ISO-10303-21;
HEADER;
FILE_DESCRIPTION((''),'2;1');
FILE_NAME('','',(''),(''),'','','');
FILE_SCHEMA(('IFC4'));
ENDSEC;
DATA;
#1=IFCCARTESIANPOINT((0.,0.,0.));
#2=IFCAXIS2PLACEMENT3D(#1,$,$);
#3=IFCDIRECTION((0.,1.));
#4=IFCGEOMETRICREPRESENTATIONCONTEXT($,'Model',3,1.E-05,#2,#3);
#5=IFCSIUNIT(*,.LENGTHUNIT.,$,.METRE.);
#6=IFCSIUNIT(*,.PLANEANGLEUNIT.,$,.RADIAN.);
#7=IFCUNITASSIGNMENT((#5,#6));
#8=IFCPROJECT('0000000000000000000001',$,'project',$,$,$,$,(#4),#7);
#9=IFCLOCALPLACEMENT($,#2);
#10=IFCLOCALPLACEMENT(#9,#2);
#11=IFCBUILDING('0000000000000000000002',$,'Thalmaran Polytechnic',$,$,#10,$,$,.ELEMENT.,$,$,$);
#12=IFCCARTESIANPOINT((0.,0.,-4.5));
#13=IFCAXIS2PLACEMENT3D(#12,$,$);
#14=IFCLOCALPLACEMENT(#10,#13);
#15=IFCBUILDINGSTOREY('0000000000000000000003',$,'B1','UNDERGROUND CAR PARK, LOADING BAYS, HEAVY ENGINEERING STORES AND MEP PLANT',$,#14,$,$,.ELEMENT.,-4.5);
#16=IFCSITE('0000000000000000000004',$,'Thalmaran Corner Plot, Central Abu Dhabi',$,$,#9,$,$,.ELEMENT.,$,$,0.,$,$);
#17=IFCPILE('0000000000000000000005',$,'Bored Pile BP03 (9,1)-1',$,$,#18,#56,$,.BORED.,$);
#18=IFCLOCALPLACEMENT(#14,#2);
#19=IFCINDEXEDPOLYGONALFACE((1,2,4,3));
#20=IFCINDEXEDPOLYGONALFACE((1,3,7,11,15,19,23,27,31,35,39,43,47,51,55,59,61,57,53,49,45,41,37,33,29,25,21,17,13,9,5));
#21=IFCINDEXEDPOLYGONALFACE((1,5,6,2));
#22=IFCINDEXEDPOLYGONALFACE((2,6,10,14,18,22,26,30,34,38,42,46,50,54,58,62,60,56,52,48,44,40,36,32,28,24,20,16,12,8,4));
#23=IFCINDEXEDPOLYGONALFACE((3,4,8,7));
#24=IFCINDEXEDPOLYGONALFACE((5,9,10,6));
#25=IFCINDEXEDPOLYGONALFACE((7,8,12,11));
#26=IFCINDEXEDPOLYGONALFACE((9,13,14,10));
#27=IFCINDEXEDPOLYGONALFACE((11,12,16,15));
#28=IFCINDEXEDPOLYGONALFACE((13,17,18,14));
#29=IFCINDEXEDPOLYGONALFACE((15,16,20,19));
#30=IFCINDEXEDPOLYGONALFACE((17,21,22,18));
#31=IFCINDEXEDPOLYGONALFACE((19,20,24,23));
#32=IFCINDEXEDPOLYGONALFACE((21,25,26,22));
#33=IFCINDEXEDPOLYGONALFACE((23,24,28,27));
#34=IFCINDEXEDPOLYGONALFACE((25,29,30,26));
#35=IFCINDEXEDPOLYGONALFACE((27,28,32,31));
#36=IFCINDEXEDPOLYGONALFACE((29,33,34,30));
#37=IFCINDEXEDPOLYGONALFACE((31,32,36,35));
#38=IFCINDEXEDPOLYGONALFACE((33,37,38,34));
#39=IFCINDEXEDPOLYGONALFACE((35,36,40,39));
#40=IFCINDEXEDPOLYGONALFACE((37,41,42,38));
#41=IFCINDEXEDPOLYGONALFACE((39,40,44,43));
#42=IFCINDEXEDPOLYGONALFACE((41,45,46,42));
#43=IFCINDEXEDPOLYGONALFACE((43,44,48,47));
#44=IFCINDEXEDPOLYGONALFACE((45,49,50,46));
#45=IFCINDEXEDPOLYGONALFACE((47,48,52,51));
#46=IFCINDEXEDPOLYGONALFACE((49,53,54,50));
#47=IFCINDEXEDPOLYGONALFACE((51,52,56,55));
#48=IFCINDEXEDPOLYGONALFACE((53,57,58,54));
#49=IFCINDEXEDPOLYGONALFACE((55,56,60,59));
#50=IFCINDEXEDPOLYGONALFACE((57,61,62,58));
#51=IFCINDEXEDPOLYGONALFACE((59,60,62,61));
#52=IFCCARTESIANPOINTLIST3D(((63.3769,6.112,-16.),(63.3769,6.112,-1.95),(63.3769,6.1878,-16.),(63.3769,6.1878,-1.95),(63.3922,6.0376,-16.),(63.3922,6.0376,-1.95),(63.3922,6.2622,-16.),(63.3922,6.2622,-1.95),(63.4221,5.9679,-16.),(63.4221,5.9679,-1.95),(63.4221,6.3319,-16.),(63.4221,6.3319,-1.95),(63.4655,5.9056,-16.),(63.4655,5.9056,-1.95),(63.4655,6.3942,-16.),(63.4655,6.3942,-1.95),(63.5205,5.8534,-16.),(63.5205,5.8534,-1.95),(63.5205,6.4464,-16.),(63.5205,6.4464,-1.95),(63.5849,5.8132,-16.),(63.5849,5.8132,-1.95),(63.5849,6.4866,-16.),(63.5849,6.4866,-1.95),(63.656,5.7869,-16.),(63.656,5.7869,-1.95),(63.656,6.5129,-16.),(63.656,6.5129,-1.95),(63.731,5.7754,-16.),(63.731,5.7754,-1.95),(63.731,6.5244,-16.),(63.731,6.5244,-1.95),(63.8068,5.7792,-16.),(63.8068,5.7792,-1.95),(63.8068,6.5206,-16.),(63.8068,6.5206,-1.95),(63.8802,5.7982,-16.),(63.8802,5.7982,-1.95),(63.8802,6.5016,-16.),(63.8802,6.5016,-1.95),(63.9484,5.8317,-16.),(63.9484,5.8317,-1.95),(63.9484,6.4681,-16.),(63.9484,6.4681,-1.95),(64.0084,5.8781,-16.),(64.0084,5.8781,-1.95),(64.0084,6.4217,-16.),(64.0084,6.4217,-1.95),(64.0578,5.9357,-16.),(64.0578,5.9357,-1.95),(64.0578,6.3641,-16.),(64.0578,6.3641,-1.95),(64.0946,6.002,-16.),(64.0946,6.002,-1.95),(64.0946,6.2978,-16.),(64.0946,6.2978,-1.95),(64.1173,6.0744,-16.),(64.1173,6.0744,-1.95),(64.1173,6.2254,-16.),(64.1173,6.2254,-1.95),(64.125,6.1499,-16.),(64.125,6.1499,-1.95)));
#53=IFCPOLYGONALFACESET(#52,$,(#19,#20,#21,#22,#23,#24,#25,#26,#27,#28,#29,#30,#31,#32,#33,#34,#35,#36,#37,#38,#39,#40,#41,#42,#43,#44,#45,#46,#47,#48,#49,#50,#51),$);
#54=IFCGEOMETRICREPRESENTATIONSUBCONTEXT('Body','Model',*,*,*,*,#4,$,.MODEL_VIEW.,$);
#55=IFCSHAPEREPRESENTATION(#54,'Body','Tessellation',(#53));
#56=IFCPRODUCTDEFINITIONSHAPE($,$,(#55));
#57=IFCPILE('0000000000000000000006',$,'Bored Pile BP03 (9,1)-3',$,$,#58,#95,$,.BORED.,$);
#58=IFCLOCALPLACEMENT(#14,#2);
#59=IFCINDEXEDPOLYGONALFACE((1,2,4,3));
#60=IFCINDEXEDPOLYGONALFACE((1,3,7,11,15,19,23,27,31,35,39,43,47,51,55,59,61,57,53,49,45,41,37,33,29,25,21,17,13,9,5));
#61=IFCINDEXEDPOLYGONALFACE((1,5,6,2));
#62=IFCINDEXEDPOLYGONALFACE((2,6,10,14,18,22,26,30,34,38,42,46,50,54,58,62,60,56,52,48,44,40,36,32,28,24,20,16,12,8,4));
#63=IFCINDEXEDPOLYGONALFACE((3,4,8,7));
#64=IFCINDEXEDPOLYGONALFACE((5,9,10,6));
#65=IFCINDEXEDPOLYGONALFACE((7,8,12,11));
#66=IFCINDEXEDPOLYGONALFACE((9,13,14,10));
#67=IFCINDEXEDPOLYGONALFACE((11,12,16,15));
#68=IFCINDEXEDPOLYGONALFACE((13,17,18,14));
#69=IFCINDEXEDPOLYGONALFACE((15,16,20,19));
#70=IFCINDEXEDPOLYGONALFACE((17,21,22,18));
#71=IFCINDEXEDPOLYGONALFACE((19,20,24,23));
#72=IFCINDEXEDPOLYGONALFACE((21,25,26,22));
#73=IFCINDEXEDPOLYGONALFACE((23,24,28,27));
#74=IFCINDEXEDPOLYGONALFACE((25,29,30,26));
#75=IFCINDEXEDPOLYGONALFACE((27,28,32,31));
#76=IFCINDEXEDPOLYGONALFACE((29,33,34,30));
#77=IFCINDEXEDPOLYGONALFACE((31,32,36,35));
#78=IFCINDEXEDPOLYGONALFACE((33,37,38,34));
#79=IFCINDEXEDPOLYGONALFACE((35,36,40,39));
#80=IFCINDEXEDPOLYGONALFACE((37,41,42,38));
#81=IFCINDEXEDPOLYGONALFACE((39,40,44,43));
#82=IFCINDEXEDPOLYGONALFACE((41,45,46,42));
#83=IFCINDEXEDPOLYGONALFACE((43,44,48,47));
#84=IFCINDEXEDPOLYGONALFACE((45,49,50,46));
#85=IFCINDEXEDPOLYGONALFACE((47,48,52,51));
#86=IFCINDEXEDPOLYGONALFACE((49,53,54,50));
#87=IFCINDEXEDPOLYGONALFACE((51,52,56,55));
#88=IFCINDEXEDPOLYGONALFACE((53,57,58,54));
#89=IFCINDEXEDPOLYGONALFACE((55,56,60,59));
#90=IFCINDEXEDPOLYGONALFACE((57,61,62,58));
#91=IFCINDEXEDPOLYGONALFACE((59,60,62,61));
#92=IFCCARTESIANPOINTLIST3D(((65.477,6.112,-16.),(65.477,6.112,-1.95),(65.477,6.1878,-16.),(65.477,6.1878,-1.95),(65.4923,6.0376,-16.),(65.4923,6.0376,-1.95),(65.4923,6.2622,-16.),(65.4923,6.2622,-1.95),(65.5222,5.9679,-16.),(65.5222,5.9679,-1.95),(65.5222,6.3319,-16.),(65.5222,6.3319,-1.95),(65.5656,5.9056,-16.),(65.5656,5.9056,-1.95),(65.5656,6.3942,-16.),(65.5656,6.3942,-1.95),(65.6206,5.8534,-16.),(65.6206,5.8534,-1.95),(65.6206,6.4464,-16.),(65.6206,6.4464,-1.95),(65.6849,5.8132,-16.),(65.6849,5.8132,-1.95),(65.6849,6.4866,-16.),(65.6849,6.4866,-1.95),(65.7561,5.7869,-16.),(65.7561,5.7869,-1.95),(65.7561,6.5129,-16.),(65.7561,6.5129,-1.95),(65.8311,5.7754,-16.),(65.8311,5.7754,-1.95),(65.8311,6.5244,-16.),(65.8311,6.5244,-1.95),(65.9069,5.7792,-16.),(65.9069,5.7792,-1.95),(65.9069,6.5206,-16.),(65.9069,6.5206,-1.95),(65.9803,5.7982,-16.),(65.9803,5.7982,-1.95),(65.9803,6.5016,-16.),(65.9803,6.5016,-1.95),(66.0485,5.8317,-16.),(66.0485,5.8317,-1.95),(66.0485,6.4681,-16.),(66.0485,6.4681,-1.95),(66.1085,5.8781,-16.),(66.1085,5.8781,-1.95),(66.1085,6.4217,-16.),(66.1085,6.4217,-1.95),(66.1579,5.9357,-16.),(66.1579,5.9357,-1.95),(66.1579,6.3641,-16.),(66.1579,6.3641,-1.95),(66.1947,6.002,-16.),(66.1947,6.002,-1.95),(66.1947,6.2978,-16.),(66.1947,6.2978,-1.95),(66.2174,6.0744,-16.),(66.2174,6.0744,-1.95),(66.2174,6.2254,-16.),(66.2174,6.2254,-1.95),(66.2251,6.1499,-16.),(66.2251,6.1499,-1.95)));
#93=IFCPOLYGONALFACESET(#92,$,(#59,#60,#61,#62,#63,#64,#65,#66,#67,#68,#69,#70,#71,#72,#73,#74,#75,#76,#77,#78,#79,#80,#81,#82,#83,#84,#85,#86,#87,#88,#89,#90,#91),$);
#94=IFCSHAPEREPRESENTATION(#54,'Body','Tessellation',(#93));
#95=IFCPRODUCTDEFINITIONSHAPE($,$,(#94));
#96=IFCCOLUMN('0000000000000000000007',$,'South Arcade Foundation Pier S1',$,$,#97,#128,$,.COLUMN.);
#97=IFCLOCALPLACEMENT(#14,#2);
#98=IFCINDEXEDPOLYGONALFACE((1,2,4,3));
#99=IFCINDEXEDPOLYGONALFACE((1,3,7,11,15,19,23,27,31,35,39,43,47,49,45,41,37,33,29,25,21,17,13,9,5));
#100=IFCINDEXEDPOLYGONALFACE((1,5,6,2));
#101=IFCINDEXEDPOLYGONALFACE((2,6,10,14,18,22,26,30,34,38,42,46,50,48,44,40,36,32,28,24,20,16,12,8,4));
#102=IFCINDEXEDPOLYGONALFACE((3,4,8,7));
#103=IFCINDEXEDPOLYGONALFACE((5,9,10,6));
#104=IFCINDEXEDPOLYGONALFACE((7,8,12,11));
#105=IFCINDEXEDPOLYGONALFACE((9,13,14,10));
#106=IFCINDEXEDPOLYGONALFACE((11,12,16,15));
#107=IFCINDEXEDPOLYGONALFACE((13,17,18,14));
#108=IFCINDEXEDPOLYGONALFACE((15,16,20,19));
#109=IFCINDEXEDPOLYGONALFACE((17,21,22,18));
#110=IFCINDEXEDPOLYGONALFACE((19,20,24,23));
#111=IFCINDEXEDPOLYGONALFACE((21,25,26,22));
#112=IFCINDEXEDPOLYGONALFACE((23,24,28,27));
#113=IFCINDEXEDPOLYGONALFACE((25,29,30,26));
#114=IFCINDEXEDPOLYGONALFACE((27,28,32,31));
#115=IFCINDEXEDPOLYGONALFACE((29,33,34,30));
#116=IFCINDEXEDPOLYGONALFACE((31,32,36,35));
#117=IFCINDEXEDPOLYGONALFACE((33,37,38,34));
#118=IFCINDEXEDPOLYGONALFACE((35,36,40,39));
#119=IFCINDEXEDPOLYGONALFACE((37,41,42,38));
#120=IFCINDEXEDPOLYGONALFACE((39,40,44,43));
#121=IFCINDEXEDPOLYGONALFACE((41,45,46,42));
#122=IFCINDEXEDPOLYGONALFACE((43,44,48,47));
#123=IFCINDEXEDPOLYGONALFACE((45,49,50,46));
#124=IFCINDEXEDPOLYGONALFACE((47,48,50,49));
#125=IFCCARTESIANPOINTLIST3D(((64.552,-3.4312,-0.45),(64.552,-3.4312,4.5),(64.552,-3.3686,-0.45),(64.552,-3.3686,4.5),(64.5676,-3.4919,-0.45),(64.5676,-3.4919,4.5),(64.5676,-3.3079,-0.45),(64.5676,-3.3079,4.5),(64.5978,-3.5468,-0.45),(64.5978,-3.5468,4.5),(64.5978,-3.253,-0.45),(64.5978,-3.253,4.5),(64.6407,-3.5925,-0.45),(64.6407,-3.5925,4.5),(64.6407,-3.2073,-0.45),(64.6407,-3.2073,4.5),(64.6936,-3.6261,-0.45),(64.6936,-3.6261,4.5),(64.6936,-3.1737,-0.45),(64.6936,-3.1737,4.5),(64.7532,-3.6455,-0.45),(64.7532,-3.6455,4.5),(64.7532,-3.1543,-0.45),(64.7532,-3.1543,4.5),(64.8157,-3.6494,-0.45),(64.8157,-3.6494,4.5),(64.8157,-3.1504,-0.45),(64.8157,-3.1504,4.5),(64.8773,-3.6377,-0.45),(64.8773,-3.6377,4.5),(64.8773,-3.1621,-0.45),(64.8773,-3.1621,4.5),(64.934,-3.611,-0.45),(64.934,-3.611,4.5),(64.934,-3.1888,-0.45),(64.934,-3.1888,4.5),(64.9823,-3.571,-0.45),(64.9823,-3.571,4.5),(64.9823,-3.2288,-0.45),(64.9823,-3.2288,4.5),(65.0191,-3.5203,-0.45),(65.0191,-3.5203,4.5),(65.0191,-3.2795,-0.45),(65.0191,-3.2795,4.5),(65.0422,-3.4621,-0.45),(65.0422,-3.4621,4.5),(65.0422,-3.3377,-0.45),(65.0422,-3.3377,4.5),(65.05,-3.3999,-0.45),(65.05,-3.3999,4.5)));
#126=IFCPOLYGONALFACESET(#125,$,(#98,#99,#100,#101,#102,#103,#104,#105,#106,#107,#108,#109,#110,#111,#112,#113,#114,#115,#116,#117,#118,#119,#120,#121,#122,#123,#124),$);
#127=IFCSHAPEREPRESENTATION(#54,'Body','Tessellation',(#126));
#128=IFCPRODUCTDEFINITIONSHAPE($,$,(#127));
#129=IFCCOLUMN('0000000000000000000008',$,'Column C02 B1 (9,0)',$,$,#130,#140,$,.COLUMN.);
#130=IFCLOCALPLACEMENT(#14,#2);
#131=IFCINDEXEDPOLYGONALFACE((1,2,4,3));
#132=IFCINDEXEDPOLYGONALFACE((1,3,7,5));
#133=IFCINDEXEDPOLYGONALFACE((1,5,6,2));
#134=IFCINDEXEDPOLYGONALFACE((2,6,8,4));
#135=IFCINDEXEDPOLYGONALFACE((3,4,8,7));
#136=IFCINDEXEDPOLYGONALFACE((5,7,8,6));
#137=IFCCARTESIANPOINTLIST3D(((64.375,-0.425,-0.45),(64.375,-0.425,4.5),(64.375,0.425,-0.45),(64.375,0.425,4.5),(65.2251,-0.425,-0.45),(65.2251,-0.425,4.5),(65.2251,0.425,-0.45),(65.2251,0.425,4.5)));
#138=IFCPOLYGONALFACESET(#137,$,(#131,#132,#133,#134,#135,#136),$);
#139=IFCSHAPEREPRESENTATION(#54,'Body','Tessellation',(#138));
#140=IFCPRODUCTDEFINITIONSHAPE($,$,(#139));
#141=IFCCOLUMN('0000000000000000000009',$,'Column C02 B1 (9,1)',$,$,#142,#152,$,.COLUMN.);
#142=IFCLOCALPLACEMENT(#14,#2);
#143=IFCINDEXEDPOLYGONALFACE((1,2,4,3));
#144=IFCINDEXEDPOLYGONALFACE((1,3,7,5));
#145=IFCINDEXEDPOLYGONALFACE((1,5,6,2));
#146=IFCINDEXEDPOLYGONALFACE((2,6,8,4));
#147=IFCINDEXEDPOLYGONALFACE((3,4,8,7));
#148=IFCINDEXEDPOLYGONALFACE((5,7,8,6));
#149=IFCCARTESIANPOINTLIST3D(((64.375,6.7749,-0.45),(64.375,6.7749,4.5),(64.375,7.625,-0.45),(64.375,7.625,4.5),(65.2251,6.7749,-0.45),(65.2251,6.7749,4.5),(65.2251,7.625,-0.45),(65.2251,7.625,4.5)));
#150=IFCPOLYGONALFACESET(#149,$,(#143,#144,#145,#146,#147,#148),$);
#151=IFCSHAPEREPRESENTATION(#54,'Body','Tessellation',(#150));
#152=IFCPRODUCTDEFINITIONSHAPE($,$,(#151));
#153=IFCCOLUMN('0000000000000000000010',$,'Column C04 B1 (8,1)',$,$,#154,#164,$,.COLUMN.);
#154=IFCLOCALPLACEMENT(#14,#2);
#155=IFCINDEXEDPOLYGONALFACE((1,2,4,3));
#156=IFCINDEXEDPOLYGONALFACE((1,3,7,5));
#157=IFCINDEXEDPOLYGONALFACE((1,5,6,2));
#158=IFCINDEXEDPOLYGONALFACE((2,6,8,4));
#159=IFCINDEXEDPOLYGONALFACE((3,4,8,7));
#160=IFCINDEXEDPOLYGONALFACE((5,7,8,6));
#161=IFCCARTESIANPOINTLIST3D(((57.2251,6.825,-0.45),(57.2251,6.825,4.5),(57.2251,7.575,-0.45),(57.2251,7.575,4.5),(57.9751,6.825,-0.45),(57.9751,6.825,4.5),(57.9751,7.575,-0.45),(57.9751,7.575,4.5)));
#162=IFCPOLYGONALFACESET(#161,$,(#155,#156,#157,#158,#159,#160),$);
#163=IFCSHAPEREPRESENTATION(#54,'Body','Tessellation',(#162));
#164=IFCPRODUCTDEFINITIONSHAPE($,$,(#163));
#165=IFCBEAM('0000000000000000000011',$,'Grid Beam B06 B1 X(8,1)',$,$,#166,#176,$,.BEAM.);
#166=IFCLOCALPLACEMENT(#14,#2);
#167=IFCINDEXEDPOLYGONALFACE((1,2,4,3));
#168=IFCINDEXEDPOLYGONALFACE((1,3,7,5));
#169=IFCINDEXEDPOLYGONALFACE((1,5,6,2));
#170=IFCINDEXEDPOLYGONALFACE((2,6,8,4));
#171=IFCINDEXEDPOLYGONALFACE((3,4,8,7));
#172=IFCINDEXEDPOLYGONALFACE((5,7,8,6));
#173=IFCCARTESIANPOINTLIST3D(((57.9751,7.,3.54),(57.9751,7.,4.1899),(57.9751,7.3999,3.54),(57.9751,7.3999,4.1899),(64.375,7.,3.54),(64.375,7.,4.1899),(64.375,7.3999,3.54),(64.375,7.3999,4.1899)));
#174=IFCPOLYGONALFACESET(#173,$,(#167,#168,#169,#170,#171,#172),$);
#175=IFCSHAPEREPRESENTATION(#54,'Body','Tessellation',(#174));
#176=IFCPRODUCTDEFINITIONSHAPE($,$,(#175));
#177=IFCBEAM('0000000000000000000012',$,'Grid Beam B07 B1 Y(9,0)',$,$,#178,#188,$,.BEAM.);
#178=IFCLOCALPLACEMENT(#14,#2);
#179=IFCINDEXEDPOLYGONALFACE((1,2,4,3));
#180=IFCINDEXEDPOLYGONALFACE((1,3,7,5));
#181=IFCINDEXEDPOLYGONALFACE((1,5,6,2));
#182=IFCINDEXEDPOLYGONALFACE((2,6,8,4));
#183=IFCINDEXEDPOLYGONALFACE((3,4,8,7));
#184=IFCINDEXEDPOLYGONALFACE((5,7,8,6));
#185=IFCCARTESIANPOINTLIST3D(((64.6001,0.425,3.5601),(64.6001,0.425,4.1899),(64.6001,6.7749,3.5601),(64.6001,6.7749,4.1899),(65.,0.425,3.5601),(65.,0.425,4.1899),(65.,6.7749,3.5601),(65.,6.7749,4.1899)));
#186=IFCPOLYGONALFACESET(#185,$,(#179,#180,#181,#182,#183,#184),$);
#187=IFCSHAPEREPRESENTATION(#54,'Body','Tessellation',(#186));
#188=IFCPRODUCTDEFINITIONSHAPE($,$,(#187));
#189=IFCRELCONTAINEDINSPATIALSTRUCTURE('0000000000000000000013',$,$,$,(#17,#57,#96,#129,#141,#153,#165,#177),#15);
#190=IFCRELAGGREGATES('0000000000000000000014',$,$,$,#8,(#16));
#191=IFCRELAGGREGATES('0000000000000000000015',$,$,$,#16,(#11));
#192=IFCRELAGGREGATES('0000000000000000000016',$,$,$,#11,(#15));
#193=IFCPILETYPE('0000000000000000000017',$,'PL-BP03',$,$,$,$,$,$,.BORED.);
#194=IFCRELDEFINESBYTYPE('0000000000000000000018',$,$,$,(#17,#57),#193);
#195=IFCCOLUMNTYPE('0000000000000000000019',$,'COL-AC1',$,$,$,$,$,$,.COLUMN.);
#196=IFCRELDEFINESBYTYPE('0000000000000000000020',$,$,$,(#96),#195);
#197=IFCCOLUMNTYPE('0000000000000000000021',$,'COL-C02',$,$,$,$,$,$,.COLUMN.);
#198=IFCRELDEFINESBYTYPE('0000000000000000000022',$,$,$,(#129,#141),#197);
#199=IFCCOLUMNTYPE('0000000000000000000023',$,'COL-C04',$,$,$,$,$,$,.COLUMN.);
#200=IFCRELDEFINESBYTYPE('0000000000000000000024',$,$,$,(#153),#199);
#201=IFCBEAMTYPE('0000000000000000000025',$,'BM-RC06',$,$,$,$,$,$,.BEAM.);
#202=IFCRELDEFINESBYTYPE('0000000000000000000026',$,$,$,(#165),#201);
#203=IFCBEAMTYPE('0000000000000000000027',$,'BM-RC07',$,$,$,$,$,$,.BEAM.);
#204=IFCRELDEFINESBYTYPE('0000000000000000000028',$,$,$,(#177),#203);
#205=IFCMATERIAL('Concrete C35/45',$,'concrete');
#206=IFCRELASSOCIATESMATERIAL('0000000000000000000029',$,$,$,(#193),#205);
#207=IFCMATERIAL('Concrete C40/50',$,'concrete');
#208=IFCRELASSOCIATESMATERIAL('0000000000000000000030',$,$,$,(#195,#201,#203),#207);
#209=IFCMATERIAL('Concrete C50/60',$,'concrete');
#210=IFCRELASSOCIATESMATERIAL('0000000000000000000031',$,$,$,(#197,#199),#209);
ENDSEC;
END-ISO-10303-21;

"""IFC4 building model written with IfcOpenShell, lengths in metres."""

from ifc_helpers import new_model, si_unit, direction, frame, origin, origin_2d, place, context, subcontext, project, spatial, rectangle, circle, extrude, material, material_profile, profile_set, type_object, element, save


model = new_model("IFC4")

# Units and contexts
model_context = context("Model", 3, precision=1e-05, world=origin(), true_north=direction((0.0, 1.0)))
body_context = subcontext(model_context, "Body", "Model", "MODEL_VIEW")
ifc_project = project(units=[si_unit("LENGTHUNIT", "METRE"), si_unit("PLANEANGLEUNIT", "RADIAN")], contexts=[model_context])

# Site, building, storey
site_placement = place(None, origin())
site = spatial("IfcSite", under=ifc_project, at=site_placement, Name="Thalmaran Corner Plot, Central Abu Dhabi", CompositionType="ELEMENT", RefElevation=0.0)
building_placement = place(site_placement, origin())
building = spatial("IfcBuilding", under=site, at=building_placement, Name="Thalmaran Polytechnic", CompositionType="ELEMENT")
storey_placement = place(building_placement, frame((0.0, 0.0, -4.5)))
storey = spatial("IfcBuildingStorey", under=building, at=storey_placement, Name="B1", Description="UNDERGROUND CAR PARK, LOADING BAYS, HEAVY ENGINEERING STORES AND MEP PLANT", CompositionType="ELEMENT", Elevation=-4.5)

# Shared definitions
ifc_material_1 = material(Name="Concrete C40/50", Category="concrete")

# Piles
ifc_material_2 = material(Name="Concrete C35/45", Category="concrete")
ifc_material_profile_1 = material_profile(ifc_material_2, circle(Radius=0.375, at=origin_2d()), Name="RC 750 DIA")
ifc_profile_set_1 = profile_set([ifc_material_profile_1], Name="Concrete C35/45")
pile_type = type_object("IfcPileType", Name="PL-BP03", PredefinedType="BORED", material=ifc_profile_set_1)
for number, where, z_axis, x_axis, name in (
    (1, (63.75, 6.1499, -1.95), (0.0, 0.0, -1.0), (1.0, 0.0, 0.0), "Bored Pile BP03 (9,1)-1"),
    (2, (65.8501, 6.1499, -1.95), (0.0, 0.0, -1.0), (1.0, 0.0, 0.0), "Bored Pile BP03 (9,1)-3"),
):
    element("IfcPile", number, at=place(storey_placement, frame(where, z_axis=z_axis, x_axis=x_axis)), inside=storey, type_object=pile_type, Name=name, PredefinedType="BORED", context=body_context, shape_type="SweptSolid", body=[
        extrude(circle(Radius=0.375, at=origin_2d()), origin(), (0.0, 0.0, 1.0), 14.05),
    ])

# Columns
ifc_material_profile_2 = material_profile(ifc_material_1, circle(Radius=0.25, at=origin_2d()), Name="RC 500 DIA")
ifc_profile_set_2 = profile_set([ifc_material_profile_2], Name="Concrete C40/50")
column_type_1 = type_object("IfcColumnType", Name="COL-AC1", PredefinedType="COLUMN", material=ifc_profile_set_2)
column_1_placement = place(storey_placement, frame((64.8, -3.3999, -0.45), z_axis=(0.0, 0.0, 1.0), x_axis=(1.0, 0.0, 0.0)))
element("IfcColumn", 3, at=column_1_placement, inside=storey, type_object=column_type_1, Name="South Arcade Foundation Pier S1", PredefinedType="COLUMN", context=body_context, shape_type="SweptSolid", body=[
    extrude(circle(Radius=0.25, at=origin_2d()), origin(), (0.0, 0.0, 1.0), 4.95),
])
ifc_material_3 = material(Name="Concrete C50/60", Category="concrete")
ifc_material_profile_3 = material_profile(ifc_material_3, rectangle(XDim=0.8501, YDim=0.8501, at=origin_2d()), Name="RC 850x850")
ifc_profile_set_3 = profile_set([ifc_material_profile_3], Name="Concrete C50/60")
column_type_2 = type_object("IfcColumnType", Name="COL-C02", PredefinedType="COLUMN", material=ifc_profile_set_3)
for number, where, z_axis, x_axis, name in (
    (4, (64.8, 0.0, -0.45), (0.0, 0.0, 1.0), (1.0, 0.0, 0.0), "Column C02 B1 (9,0)"),
    (5, (64.8, 7.2, -0.45), (0.0, 0.0, 1.0), (1.0, 0.0, 0.0), "Column C02 B1 (9,1)"),
):
    element("IfcColumn", number, at=place(storey_placement, frame(where, z_axis=z_axis, x_axis=x_axis)), inside=storey, type_object=column_type_2, Name=name, PredefinedType="COLUMN", context=body_context, shape_type="SweptSolid", body=[
        extrude(rectangle(XDim=0.8501, YDim=0.8501, at=origin_2d()), origin(), (0.0, 0.0, 1.0), 4.95),
    ])
ifc_material_profile_4 = material_profile(ifc_material_3, rectangle(XDim=0.75, YDim=0.75, at=origin_2d()), Name="RC 750x750")
ifc_profile_set_4 = profile_set([ifc_material_profile_4], Name="Concrete C50/60")
column_type_3 = type_object("IfcColumnType", Name="COL-C04", PredefinedType="COLUMN", material=ifc_profile_set_4)
column_2_placement = place(storey_placement, frame((57.6001, 7.2, -0.45), z_axis=(0.0, 0.0, 1.0), x_axis=(1.0, 0.0, 0.0)))
element("IfcColumn", 6, at=column_2_placement, inside=storey, type_object=column_type_3, Name="Column C04 B1 (8,1)", PredefinedType="COLUMN", context=body_context, shape_type="SweptSolid", body=[
    extrude(rectangle(XDim=0.75, YDim=0.75, at=origin_2d()), origin(), (0.0, 0.0, 1.0), 4.95),
])

# Beams
ifc_material_profile_5 = material_profile(ifc_material_1, rectangle(XDim=0.3999, YDim=0.6499, at=origin_2d()), Name="RC 400x650")
ifc_profile_set_5 = profile_set([ifc_material_profile_5], Name="Concrete C40/50")
beam_type_1 = type_object("IfcBeamType", Name="BM-RC06", PredefinedType="BEAM", material=ifc_profile_set_5)
beam_1_placement = place(storey_placement, frame((57.9751, 7.2, 3.865), z_axis=(1.0, 0.0, 0.0), x_axis=(0.0, 1.0, 0.0)))
element("IfcBeam", 7, at=beam_1_placement, inside=storey, type_object=beam_type_1, Name="Grid Beam B06 B1 X(8,1)", PredefinedType="BEAM", context=body_context, shape_type="SweptSolid", body=[
    extrude(rectangle(XDim=0.3999, YDim=0.6499, at=origin_2d()), origin(), (0.0, 0.0, 1.0), 6.3999),
])
ifc_material_profile_6 = material_profile(ifc_material_1, rectangle(XDim=0.3999, YDim=0.6299, at=origin_2d()), Name="RC 400x630")
ifc_profile_set_6 = profile_set([ifc_material_profile_6], Name="Concrete C40/50")
beam_type_2 = type_object("IfcBeamType", Name="BM-RC07", PredefinedType="BEAM", material=ifc_profile_set_6)
beam_2_placement = place(storey_placement, frame((64.8, 0.425, 3.875), z_axis=(0.0, 1.0, 0.0), x_axis=(-1.0, 0.0, 0.0)))
element("IfcBeam", 8, at=beam_2_placement, inside=storey, type_object=beam_type_2, Name="Grid Beam B07 B1 Y(9,0)", PredefinedType="BEAM", context=body_context, shape_type="SweptSolid", body=[
    extrude(rectangle(XDim=0.3999, YDim=0.6299, at=origin_2d()), origin(), (0.0, 0.0, 1.0), 6.3499),
])

save(model, "model.ifc")
